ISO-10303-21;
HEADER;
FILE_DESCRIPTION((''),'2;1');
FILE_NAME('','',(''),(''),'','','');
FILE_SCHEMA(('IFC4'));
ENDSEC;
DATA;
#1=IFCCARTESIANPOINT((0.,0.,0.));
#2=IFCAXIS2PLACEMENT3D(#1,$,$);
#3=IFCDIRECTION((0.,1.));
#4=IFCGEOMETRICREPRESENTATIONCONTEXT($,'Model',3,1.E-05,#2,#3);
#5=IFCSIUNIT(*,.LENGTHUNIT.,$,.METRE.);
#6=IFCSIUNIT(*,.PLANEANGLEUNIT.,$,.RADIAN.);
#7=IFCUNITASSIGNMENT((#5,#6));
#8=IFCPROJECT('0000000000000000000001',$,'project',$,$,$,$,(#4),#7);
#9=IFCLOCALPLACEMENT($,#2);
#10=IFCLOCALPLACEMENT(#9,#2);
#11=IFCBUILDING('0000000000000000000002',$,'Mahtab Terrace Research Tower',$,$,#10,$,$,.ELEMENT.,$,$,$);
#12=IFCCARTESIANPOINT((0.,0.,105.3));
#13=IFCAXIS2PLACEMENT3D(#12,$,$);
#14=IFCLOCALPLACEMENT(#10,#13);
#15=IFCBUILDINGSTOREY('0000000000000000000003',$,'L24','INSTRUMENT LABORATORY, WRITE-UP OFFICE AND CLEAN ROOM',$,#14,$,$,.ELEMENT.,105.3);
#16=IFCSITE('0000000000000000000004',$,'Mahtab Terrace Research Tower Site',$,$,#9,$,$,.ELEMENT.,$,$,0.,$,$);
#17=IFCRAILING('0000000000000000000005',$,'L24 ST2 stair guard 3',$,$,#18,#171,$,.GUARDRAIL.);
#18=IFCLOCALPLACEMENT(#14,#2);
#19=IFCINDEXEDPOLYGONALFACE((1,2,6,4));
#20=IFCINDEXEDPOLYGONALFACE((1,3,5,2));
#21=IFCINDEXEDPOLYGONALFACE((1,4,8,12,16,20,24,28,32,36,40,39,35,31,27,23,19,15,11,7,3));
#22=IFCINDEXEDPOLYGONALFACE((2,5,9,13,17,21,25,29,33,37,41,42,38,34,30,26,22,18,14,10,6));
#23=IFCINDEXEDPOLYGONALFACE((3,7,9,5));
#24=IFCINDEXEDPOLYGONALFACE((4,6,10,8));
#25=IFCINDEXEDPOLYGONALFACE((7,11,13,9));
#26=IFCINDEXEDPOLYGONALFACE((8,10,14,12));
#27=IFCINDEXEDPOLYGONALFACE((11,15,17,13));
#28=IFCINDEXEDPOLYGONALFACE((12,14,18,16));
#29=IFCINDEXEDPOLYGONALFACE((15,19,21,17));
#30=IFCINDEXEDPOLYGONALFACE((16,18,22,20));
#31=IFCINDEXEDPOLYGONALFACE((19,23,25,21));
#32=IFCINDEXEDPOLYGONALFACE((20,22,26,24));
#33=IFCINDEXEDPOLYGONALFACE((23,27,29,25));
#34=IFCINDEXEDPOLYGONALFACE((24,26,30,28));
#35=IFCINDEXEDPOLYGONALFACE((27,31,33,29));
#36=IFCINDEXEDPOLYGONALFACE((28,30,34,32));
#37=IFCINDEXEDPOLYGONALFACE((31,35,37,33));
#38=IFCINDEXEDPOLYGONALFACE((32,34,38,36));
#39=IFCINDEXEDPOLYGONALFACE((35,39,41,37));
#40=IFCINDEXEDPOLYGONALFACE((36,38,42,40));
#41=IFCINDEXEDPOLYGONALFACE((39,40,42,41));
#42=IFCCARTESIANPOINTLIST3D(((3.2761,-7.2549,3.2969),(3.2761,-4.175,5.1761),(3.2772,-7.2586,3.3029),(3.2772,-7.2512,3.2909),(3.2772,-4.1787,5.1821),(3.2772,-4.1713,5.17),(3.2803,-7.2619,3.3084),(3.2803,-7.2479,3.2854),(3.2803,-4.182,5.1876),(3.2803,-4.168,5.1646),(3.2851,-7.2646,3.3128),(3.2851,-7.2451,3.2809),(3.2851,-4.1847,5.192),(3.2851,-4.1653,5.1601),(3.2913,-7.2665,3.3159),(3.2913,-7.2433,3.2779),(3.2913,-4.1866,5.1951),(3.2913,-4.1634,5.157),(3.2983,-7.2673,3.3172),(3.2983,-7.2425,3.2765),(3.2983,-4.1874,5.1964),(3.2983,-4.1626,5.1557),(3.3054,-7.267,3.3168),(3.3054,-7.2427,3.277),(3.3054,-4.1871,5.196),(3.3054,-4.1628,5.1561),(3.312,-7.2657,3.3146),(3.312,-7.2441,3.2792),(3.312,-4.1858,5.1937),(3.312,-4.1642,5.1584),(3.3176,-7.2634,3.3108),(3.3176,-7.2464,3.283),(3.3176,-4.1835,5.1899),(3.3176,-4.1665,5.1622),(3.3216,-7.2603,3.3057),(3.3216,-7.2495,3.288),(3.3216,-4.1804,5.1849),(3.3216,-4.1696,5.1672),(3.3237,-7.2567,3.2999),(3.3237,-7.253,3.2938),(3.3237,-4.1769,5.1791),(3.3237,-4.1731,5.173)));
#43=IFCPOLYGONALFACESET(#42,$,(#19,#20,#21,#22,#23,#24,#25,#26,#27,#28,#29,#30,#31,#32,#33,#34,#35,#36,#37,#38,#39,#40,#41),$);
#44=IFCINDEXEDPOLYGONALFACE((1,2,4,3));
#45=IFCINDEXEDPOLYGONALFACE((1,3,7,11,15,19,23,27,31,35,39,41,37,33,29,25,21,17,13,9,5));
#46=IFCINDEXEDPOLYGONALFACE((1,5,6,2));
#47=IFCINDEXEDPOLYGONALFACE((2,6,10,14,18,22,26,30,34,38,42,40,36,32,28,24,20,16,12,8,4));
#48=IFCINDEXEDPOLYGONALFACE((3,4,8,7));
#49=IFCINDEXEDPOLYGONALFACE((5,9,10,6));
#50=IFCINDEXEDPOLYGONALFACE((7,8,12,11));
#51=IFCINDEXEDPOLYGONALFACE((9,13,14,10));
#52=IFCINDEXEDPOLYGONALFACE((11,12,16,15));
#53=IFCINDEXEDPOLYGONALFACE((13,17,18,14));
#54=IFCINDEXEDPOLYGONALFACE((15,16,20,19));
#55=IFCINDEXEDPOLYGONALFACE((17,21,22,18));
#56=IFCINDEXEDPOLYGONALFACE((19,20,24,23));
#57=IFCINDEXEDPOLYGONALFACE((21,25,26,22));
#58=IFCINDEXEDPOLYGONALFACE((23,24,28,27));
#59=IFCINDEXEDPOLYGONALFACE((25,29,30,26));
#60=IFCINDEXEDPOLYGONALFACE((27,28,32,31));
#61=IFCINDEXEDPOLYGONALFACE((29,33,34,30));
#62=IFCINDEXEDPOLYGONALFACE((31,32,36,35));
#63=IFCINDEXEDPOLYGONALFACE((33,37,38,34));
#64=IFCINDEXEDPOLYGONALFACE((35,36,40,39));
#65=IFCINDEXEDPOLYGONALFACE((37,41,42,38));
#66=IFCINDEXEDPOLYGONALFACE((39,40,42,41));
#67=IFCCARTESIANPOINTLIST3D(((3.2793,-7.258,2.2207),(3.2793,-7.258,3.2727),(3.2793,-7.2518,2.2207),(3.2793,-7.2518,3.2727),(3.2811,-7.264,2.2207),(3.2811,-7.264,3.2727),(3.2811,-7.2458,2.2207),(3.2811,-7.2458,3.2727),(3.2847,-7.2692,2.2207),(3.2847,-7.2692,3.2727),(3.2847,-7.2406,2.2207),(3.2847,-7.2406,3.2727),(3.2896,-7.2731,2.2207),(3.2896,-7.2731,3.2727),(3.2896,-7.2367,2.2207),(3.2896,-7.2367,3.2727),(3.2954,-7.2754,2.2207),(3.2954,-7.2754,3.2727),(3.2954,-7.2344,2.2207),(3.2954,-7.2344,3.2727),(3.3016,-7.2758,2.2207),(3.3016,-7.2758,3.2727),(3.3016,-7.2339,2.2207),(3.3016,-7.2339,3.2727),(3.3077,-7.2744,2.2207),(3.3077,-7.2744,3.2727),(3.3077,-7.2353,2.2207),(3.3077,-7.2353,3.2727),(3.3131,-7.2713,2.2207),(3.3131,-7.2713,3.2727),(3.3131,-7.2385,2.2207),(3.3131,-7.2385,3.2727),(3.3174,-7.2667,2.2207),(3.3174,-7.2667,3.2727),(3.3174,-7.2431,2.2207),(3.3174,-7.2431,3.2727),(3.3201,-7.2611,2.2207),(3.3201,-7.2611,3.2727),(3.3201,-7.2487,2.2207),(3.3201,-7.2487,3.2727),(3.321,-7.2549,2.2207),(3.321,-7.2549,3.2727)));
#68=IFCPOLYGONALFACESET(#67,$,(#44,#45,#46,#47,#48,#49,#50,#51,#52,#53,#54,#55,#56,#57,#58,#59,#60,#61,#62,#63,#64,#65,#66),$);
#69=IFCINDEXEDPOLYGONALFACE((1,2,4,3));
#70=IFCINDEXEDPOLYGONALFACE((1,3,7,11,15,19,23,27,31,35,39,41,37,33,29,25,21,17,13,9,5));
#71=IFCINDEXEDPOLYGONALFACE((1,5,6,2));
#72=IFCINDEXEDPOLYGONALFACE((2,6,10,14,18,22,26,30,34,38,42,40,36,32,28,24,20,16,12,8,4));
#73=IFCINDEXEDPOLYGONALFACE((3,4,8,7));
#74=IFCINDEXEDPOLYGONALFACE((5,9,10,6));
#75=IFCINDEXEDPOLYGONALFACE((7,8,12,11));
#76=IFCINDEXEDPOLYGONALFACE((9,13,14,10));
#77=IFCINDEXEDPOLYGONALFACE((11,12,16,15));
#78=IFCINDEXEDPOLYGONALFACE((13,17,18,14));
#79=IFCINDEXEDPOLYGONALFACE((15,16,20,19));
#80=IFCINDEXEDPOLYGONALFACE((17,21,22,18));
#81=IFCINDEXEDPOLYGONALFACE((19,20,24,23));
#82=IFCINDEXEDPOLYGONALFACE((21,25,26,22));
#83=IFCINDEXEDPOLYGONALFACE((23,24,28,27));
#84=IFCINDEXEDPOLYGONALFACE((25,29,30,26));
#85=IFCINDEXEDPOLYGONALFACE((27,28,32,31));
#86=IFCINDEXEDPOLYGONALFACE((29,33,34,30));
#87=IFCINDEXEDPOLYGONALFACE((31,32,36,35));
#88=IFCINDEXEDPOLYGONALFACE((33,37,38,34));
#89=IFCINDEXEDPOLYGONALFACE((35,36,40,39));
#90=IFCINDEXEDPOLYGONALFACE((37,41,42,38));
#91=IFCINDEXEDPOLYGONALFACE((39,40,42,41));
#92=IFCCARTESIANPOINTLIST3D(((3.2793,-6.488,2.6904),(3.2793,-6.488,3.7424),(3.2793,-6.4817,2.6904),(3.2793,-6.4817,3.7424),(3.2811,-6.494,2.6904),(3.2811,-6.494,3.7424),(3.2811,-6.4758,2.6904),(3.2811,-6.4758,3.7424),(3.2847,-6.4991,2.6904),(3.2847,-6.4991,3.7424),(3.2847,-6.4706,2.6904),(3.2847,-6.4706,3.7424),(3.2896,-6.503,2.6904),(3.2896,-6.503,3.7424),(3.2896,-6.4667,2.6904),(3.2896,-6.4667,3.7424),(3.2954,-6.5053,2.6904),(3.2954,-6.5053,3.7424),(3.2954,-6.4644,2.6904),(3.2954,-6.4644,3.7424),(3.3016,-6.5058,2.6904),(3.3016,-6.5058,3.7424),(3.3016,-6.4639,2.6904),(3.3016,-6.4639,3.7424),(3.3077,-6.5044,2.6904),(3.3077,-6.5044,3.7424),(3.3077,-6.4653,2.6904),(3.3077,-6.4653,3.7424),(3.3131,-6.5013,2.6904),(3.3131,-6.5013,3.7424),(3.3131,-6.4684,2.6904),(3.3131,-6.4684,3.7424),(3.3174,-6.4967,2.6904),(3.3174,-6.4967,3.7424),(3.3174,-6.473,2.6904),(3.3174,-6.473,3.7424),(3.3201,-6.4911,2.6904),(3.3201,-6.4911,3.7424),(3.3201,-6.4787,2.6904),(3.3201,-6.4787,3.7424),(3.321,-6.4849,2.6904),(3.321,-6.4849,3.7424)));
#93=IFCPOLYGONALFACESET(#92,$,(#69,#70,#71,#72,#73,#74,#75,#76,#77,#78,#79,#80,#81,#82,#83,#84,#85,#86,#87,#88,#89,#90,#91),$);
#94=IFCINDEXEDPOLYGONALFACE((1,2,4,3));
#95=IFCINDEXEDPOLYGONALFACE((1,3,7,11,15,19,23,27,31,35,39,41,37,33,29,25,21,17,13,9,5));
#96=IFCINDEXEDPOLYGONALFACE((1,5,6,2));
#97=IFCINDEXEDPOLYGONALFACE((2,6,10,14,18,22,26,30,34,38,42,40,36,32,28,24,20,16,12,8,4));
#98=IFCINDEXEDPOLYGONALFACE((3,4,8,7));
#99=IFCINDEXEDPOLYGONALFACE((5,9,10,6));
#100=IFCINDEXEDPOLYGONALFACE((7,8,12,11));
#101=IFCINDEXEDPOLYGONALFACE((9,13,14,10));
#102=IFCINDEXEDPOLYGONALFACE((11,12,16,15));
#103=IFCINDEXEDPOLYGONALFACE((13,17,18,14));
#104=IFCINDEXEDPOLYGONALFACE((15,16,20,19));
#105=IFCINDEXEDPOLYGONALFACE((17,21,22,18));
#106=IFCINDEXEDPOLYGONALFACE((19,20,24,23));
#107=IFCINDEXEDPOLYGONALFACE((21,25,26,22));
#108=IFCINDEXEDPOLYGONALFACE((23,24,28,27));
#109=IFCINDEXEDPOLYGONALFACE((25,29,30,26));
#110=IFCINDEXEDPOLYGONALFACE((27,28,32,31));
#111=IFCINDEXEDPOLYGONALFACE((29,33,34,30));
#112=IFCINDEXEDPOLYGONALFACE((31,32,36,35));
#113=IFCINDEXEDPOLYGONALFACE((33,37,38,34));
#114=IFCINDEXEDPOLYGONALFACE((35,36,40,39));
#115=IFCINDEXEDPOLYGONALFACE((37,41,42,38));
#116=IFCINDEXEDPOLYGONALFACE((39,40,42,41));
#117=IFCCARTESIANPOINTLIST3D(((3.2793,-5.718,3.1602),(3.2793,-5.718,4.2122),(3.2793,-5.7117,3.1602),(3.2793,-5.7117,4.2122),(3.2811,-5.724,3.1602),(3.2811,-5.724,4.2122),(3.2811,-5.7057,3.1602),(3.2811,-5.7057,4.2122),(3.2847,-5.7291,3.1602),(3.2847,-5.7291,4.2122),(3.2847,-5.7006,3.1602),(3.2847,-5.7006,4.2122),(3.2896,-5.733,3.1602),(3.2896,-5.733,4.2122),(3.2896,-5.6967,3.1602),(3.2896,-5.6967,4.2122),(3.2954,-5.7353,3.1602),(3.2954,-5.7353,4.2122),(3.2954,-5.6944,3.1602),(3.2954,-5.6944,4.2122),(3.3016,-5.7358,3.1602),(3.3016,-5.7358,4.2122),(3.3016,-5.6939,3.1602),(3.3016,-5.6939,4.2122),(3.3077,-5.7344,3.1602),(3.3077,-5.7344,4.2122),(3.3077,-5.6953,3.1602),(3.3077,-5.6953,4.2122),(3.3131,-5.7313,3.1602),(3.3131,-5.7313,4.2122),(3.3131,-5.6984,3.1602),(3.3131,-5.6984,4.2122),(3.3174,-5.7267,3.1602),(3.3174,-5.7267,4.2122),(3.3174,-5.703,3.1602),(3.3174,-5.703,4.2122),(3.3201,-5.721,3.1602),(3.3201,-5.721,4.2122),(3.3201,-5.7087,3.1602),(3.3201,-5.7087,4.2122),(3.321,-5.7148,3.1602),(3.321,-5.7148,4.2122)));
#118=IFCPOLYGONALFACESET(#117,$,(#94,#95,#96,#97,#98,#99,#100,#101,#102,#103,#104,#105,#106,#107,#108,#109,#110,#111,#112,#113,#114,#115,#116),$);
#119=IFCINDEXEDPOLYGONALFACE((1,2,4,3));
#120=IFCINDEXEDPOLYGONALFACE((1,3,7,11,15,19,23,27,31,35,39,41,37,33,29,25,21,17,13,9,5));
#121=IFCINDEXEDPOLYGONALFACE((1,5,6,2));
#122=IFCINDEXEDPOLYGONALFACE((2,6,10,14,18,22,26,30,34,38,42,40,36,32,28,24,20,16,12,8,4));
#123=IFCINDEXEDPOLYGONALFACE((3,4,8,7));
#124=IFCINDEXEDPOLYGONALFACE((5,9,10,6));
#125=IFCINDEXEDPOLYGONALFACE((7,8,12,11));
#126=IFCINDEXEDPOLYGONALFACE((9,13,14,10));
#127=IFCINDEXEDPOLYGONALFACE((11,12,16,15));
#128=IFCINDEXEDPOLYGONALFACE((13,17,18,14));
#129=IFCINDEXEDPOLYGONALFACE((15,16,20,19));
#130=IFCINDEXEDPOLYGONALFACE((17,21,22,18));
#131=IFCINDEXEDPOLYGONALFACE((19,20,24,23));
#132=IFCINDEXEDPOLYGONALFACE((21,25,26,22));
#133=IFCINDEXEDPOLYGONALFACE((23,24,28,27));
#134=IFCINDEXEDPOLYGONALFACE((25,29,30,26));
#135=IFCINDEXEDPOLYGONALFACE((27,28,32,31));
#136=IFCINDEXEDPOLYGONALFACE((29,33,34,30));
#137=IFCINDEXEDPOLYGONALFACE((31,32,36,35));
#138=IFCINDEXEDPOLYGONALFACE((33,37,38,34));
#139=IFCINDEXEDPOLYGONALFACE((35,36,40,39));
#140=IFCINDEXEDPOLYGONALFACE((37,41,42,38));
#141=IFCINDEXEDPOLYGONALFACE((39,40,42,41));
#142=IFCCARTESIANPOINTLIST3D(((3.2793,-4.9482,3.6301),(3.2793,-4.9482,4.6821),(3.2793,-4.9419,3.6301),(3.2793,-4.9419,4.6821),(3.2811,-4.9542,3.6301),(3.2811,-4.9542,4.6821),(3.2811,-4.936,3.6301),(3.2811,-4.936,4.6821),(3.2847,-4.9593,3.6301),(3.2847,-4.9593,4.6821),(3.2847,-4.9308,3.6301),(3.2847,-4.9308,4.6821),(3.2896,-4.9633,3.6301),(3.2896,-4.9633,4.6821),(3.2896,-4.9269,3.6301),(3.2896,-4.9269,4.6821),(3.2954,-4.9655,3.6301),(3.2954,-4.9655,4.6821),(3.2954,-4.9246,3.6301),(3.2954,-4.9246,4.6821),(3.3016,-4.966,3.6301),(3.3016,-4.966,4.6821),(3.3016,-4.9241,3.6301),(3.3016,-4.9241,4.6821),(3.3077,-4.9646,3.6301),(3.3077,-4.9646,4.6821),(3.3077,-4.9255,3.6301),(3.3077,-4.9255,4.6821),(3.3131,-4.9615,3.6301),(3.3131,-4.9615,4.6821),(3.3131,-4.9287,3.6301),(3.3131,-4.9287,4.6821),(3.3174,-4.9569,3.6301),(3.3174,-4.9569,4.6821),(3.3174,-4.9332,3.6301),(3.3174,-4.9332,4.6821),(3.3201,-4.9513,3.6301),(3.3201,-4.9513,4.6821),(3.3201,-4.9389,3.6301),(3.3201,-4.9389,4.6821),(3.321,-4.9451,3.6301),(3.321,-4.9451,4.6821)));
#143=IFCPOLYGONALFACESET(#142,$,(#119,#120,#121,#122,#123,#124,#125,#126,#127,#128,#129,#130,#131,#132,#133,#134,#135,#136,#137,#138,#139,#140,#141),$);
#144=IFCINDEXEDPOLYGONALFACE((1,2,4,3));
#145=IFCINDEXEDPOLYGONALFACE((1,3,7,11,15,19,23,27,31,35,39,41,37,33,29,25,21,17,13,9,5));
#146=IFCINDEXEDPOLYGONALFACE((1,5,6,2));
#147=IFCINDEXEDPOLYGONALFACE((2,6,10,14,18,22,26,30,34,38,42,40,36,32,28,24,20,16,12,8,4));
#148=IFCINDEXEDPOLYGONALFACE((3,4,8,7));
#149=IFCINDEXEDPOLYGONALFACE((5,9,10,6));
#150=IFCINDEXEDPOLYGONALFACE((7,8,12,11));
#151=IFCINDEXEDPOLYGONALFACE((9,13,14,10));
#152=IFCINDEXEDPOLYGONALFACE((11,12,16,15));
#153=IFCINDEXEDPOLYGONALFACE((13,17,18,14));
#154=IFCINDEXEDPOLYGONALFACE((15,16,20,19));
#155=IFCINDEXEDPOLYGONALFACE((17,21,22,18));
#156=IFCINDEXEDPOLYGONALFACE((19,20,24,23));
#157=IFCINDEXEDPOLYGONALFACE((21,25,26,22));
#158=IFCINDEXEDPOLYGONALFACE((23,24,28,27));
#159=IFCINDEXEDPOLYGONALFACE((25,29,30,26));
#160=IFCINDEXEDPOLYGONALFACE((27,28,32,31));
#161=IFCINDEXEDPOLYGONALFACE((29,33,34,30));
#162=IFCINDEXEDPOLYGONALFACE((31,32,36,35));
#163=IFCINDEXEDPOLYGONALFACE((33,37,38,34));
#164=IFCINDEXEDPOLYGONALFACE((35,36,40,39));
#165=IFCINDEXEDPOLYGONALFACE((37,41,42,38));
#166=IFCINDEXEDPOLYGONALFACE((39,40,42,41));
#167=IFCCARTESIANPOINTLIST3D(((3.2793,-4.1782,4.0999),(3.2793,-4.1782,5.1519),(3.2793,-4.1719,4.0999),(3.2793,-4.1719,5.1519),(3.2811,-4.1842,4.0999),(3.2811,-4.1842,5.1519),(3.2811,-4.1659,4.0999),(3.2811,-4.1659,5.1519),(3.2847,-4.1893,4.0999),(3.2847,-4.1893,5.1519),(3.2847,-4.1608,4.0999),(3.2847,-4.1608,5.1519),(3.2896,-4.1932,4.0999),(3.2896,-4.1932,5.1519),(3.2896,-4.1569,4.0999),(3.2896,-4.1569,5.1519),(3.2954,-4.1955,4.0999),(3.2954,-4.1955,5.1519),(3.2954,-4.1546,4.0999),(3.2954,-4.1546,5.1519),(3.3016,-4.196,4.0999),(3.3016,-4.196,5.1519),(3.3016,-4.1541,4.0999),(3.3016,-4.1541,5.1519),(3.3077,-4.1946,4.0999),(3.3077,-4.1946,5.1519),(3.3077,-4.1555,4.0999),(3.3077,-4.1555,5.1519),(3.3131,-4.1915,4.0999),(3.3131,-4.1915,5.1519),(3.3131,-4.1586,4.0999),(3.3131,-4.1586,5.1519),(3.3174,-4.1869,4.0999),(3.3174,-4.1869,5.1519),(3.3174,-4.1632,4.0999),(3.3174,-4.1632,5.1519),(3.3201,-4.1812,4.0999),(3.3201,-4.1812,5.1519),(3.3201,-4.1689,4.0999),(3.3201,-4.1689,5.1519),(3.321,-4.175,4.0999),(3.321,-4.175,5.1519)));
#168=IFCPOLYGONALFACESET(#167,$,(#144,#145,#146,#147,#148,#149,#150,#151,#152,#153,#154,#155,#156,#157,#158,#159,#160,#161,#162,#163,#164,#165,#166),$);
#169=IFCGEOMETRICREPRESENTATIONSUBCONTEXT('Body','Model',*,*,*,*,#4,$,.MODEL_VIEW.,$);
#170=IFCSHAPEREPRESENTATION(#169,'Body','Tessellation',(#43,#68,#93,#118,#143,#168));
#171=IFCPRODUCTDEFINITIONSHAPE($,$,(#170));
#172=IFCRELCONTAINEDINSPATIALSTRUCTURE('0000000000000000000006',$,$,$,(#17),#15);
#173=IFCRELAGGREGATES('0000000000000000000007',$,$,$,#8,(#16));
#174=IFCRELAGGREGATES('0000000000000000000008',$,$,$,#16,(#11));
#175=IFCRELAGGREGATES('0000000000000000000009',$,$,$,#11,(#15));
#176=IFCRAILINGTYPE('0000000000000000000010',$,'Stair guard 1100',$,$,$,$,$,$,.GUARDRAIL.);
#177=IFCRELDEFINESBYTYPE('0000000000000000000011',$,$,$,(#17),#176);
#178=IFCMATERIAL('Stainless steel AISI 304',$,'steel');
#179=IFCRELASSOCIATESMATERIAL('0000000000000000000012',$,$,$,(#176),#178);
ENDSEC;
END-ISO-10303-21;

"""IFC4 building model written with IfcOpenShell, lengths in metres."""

from ifc_helpers import new_model, si_unit, direction, frame, origin, origin_2d, place, context, subcontext, project, spatial, circle, extrude, material, type_object, element, save


model = new_model("IFC4")

# Units and contexts
model_context = context("Model", 3, precision=1e-05, world=origin(), true_north=direction((0.0, 1.0)))
body_context = subcontext(model_context, "Body", "Model", "MODEL_VIEW")
ifc_project = project(units=[si_unit("LENGTHUNIT", "METRE"), si_unit("PLANEANGLEUNIT", "RADIAN")], contexts=[model_context])

# Site, building, storey
site_placement = place(None, origin())
site = spatial("IfcSite", under=ifc_project, at=site_placement, Name="Mahtab Terrace Research Tower Site", CompositionType="ELEMENT", RefElevation=0.0)
building_placement = place(site_placement, origin())
building = spatial("IfcBuilding", under=site, at=building_placement, Name="Mahtab Terrace Research Tower", CompositionType="ELEMENT")
storey_placement = place(building_placement, frame((0.0, 0.0, 105.3)))
storey = spatial("IfcBuildingStorey", under=building, at=storey_placement, Name="L24", Description="INSTRUMENT LABORATORY, WRITE-UP OFFICE AND CLEAN ROOM", CompositionType="ELEMENT", Elevation=105.3)

# Railing
ifc_material_1 = material(Name="Stainless steel AISI 304", Category="steel")
railing_type_1 = type_object("IfcRailingType", Name="Stair guard 1100", PredefinedType="GUARDRAIL", material=ifc_material_1)
railing_1_placement = place(storey_placement, frame((3.3, -7.2549, 2.2207)))
element("IfcRailing", 1, at=railing_1_placement, inside=storey, type_object=railing_type_1, Name="L24 ST2 stair guard 3", PredefinedType="GUARDRAIL", context=body_context, shape_type="SweptSolid", body=[
    extrude(circle(Radius=0.0239, at=origin_2d()), frame((0.0, 0.0, 1.0762), z_axis=(0.0, 0.853648, 0.52085), x_axis=(-1.0, 0.0, 0.0)), (0.0, 0.0, 1.0), 3.6079),
    extrude(circle(Radius=0.021, at=origin_2d()), origin(), (0.0, 0.0, 1.0), 1.052),
    extrude(circle(Radius=0.021, at=origin_2d()), frame((0.0, 0.77, 0.4697)), (0.0, 0.0, 1.0), 1.052),
    extrude(circle(Radius=0.021, at=origin_2d()), frame((0.0, 1.54, 0.9395)), (0.0, 0.0, 1.0), 1.052),
    extrude(circle(Radius=0.021, at=origin_2d()), frame((0.0, 2.3098, 1.4094)), (0.0, 0.0, 1.0), 1.052),
    extrude(circle(Radius=0.021, at=origin_2d()), frame((0.0, 3.0798, 1.8792)), (0.0, 0.0, 1.0), 1.052),
])

save(model, "model.ifc")
